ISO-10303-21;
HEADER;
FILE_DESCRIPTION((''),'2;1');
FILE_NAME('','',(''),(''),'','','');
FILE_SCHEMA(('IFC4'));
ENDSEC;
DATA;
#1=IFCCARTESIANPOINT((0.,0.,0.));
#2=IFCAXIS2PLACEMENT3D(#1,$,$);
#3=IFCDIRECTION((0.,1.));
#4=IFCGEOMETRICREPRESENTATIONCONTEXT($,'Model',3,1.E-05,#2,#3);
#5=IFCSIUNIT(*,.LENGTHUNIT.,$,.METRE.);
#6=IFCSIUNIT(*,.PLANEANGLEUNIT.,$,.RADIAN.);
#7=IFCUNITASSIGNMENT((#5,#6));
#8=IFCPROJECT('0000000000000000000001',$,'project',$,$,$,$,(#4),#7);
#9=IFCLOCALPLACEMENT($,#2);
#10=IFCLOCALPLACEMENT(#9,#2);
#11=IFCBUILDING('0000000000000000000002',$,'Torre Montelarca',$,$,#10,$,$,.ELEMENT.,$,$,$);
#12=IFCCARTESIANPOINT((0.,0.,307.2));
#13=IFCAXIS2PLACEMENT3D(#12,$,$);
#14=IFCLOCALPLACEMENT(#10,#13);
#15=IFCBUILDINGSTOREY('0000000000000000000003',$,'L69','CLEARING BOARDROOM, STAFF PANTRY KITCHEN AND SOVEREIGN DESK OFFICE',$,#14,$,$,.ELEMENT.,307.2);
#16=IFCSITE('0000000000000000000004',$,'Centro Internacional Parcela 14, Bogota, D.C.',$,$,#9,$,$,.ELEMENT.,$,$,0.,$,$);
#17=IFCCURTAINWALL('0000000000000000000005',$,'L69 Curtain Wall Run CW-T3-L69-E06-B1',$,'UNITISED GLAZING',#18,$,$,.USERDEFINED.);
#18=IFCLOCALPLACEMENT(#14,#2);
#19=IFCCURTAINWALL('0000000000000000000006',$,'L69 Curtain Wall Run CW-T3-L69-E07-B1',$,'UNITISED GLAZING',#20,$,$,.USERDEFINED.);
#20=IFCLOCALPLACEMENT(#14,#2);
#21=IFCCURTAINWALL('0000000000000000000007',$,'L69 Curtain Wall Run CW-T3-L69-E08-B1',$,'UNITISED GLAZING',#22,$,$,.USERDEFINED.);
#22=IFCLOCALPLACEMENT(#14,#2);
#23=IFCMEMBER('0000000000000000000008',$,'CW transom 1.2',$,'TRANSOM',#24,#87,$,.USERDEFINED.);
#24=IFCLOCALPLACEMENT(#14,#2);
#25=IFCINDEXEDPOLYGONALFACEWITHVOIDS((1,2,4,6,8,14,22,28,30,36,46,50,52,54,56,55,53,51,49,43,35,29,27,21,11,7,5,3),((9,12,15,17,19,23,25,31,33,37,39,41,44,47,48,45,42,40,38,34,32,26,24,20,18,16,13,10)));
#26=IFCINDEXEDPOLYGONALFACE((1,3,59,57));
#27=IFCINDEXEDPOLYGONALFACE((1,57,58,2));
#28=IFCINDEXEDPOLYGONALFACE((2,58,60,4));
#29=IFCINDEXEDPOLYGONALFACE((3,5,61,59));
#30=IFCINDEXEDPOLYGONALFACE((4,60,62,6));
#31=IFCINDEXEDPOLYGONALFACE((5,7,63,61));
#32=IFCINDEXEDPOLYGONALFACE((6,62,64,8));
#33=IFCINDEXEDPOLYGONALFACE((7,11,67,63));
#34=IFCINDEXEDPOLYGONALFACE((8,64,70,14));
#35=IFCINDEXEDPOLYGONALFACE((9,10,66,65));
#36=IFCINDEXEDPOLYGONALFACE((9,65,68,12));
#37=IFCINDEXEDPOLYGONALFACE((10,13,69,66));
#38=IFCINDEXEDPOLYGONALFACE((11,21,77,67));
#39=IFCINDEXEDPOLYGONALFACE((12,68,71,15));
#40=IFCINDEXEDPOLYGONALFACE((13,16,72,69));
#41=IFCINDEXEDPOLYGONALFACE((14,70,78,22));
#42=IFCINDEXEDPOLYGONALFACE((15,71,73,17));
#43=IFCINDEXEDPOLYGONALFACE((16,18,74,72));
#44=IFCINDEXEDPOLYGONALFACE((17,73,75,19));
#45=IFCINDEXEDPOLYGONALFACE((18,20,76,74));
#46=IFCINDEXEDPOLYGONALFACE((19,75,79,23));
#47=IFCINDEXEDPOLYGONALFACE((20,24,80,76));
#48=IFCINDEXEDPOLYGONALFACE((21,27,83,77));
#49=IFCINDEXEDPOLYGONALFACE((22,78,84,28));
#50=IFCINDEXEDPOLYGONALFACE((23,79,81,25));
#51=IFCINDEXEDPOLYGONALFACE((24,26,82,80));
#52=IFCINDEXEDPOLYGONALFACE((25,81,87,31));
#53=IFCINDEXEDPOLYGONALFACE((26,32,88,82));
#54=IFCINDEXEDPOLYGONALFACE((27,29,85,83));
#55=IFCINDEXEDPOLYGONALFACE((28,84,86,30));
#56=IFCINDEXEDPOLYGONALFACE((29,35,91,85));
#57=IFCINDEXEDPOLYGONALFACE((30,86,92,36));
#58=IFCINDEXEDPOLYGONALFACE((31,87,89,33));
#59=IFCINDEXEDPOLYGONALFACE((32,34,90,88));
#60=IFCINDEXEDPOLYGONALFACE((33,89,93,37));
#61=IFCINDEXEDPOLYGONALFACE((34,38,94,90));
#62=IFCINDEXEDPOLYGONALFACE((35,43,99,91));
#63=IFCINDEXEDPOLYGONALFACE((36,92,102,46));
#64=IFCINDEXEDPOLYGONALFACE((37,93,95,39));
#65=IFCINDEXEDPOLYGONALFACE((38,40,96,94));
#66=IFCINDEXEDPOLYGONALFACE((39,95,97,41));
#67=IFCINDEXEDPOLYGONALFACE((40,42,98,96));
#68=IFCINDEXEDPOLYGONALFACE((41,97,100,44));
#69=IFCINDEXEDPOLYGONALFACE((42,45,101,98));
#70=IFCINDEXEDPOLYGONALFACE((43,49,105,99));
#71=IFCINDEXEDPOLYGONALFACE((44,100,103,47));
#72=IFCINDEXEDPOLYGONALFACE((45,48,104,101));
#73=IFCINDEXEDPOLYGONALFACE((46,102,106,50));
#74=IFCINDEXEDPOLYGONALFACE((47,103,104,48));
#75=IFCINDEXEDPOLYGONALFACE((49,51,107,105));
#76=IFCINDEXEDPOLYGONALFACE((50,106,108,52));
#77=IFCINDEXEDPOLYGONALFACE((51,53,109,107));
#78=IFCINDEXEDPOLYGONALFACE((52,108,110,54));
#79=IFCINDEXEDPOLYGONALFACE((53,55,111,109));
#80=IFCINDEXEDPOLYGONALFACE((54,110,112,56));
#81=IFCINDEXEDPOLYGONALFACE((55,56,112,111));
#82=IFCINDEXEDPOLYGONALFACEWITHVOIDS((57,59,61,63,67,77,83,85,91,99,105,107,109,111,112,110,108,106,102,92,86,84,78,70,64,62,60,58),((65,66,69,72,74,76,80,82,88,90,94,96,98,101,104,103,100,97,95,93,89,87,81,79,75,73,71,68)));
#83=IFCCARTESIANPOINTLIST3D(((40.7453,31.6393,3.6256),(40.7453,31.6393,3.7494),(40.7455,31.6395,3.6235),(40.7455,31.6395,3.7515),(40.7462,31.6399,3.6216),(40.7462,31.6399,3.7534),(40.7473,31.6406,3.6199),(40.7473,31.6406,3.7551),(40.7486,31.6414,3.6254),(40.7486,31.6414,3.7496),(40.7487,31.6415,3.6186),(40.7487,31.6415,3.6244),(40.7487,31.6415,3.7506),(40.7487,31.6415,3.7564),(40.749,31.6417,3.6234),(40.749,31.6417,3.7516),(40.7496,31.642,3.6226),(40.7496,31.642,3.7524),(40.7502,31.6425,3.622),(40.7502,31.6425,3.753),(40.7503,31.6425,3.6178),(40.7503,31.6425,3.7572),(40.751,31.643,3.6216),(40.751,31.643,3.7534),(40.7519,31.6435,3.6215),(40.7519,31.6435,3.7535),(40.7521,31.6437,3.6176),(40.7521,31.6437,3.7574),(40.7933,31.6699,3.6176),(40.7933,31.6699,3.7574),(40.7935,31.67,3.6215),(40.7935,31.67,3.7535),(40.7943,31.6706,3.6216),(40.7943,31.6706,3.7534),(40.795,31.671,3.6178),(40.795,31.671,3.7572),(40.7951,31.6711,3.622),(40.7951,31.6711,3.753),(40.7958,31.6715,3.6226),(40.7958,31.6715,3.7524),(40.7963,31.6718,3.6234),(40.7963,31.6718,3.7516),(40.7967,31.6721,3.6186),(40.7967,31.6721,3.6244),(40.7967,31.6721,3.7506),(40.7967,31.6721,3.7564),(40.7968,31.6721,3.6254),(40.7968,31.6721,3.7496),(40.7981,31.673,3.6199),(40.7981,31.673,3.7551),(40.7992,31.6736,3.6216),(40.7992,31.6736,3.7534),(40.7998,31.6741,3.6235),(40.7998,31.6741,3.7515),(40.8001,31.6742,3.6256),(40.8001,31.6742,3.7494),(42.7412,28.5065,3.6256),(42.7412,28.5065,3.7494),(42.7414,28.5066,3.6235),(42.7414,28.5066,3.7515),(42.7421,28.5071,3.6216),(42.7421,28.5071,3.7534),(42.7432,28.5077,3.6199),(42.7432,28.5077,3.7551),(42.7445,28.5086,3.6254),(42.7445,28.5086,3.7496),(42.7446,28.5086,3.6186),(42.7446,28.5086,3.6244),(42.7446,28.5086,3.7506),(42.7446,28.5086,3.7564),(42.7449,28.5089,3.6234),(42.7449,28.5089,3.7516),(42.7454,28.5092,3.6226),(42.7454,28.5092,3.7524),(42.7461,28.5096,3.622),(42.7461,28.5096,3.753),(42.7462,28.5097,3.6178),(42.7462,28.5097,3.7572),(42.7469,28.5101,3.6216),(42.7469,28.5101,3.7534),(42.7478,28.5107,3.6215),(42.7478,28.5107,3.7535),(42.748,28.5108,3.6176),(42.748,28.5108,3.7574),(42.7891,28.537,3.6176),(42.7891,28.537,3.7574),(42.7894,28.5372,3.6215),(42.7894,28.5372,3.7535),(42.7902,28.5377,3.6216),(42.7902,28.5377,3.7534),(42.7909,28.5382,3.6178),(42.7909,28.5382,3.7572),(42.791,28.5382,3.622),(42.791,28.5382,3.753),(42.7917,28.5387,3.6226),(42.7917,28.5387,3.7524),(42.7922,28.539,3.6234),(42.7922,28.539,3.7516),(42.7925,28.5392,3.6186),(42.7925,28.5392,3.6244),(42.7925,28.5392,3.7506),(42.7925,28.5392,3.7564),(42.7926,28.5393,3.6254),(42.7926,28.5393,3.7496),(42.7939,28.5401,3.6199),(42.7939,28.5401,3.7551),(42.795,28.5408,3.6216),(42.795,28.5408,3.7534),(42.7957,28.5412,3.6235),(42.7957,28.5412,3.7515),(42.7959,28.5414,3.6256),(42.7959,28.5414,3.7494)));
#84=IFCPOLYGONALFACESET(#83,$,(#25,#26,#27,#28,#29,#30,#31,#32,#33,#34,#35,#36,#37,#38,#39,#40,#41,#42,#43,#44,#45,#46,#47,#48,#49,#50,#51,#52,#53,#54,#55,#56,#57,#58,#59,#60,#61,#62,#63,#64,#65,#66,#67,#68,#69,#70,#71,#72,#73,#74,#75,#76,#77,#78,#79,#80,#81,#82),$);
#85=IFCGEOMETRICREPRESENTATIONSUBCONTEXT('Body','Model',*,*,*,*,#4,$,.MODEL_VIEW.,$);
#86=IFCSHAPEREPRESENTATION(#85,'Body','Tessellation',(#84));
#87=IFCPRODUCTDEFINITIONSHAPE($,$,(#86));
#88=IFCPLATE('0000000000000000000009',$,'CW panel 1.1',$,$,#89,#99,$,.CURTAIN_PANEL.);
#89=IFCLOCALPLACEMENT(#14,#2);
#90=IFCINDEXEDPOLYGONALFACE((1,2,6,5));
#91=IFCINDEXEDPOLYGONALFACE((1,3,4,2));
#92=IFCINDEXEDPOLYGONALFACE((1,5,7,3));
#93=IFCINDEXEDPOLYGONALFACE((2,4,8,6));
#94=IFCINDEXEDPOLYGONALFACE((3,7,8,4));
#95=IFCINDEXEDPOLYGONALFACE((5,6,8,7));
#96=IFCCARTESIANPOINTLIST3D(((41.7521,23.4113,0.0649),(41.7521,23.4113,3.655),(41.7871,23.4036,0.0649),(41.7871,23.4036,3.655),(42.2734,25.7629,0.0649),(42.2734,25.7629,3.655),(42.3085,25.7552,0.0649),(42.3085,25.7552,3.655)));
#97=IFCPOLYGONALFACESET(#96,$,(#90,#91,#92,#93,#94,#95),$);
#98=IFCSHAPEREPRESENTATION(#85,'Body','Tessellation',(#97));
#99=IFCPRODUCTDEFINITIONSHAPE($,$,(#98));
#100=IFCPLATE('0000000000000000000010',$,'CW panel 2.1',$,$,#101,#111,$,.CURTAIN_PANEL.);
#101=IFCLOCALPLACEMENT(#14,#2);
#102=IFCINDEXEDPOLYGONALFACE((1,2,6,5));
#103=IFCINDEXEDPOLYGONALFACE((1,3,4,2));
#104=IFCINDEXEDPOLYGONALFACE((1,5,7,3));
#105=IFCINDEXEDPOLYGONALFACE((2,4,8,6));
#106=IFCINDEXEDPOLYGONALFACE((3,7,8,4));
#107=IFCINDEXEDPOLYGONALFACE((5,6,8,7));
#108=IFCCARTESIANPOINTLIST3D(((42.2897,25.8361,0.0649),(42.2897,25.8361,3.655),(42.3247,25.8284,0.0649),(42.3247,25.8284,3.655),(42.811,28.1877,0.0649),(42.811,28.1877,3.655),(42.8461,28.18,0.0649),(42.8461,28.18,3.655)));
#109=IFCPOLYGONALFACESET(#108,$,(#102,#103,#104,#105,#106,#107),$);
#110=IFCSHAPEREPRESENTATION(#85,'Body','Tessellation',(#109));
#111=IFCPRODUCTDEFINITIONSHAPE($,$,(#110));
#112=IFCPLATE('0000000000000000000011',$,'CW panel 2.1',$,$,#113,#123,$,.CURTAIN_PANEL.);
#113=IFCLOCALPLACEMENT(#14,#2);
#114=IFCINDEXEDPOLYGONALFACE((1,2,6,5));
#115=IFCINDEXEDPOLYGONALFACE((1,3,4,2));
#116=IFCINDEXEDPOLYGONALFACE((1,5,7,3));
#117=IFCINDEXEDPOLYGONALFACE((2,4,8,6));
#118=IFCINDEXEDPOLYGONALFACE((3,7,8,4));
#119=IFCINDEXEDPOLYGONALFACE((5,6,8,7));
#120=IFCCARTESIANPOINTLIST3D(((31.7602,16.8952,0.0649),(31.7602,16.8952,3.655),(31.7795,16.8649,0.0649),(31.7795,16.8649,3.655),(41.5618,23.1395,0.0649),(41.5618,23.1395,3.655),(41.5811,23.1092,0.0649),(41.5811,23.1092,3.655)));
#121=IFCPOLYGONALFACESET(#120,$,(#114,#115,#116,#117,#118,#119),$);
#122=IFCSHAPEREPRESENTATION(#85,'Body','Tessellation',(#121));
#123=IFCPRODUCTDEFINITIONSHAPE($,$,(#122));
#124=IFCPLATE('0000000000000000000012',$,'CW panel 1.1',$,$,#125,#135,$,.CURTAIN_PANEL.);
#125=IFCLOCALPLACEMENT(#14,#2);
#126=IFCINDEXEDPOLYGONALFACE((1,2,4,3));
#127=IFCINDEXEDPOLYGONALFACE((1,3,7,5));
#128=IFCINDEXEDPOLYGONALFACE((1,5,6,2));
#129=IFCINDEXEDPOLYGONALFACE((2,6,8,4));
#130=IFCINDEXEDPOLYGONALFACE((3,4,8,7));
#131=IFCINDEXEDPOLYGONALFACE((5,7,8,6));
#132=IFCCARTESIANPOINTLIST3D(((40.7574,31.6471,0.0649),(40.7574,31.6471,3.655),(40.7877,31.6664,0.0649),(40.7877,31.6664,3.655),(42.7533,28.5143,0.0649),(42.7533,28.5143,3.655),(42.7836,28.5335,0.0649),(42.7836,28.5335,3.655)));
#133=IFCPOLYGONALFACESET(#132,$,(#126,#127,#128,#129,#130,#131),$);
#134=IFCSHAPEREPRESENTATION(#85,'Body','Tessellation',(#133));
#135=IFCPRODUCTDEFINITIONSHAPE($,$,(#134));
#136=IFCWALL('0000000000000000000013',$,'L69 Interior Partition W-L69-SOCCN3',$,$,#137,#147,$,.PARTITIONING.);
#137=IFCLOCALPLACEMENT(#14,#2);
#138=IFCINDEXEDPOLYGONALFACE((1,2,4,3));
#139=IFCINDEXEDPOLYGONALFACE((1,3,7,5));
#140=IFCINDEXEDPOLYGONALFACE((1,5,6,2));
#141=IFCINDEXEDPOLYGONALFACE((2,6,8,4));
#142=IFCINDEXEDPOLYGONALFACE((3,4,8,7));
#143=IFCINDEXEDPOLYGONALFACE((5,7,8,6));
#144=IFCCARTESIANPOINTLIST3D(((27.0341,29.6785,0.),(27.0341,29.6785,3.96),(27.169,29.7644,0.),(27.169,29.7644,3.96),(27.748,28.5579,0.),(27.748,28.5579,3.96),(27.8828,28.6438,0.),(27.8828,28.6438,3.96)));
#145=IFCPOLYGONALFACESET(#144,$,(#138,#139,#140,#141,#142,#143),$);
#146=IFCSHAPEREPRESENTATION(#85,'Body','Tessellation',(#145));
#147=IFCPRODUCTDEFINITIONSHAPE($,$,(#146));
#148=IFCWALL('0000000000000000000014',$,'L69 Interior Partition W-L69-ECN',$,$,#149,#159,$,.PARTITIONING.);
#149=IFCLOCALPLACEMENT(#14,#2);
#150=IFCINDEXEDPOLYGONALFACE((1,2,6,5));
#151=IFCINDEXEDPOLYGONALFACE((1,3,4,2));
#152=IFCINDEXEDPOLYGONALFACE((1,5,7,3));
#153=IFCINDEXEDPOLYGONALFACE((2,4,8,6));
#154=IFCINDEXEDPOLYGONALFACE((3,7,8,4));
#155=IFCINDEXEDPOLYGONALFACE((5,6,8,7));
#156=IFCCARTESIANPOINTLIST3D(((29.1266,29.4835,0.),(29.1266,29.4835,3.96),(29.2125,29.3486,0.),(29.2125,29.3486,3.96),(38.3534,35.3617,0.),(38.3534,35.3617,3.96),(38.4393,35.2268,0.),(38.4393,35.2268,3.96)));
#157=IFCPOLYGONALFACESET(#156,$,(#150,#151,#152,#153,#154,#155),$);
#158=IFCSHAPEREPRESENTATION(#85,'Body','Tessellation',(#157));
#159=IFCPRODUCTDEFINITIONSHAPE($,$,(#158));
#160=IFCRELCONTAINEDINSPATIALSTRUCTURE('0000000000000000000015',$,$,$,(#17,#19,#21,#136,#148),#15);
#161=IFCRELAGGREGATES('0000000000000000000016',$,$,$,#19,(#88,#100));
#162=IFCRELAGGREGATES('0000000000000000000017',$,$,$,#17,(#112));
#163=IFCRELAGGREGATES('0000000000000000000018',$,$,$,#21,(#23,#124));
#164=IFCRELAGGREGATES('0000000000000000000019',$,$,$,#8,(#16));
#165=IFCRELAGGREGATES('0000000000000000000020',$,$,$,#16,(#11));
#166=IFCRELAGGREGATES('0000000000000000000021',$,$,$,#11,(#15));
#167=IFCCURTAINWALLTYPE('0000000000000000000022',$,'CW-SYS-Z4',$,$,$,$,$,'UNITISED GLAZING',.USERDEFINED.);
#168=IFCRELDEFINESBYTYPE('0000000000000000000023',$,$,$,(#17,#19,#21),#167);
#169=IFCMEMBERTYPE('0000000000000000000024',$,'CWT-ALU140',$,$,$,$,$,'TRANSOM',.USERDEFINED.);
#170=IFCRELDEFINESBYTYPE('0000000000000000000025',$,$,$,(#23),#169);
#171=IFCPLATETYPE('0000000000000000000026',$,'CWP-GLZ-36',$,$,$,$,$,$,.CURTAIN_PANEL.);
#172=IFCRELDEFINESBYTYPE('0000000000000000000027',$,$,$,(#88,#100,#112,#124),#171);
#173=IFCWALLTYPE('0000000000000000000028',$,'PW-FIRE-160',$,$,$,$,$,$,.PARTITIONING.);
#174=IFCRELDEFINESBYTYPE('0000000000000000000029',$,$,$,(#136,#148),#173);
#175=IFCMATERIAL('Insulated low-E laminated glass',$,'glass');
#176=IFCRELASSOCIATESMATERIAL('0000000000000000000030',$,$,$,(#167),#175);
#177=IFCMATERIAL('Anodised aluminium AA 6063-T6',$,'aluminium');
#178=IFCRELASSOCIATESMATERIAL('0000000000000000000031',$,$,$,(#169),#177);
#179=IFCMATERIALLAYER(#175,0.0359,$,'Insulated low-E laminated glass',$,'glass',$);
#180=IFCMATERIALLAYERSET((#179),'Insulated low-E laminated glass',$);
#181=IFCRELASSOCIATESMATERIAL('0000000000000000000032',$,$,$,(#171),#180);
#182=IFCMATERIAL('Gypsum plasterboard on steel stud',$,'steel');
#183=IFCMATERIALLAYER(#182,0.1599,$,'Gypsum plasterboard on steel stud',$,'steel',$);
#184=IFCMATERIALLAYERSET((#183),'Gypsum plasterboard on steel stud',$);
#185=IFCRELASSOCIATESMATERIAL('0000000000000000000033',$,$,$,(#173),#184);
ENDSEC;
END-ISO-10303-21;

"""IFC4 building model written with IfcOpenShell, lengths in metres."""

from ifc_helpers import new_model, si_unit, direction, frame, frame_2d, origin, origin_2d, place, context, subcontext, project, spatial, rectangle, hollow_rectangle, extrude, source, transform, mapped, material, layer, layer_set, material_profile, profile_set, type_object, element, aggregate, save


model = new_model("IFC4")

# Units and contexts
model_context = context("Model", 3, precision=1e-05, world=origin(), true_north=direction((0.0, 1.0)))
body_context = subcontext(model_context, "Body", "Model", "MODEL_VIEW")
ifc_project = project(units=[si_unit("LENGTHUNIT", "METRE"), si_unit("PLANEANGLEUNIT", "RADIAN")], contexts=[model_context])

# Site, building, storey
site_placement = place(None, origin())
site = spatial("IfcSite", under=ifc_project, at=site_placement, Name="Centro Internacional Parcela 14, Bogota, D.C.", CompositionType="ELEMENT", RefElevation=0.0)
building_placement = place(site_placement, origin())
building = spatial("IfcBuilding", under=site, at=building_placement, Name="Torre Montelarca", CompositionType="ELEMENT")
storey_placement = place(building_placement, frame((0.0, 0.0, 307.2)))
storey = spatial("IfcBuildingStorey", under=building, at=storey_placement, Name="L69", Description="CLEARING BOARDROOM, STAFF PANTRY KITCHEN AND SOVEREIGN DESK OFFICE", CompositionType="ELEMENT", Elevation=307.2)

# Curtain walls
ifc_material_1 = material(Name="Insulated low-E laminated glass", Category="glass")
curtain_wall_type = type_object("IfcCurtainWallType", Name="CW-SYS-Z4", ElementType="UNITISED GLAZING", PredefinedType="USERDEFINED", material=ifc_material_1)
curtain_wall_1_placement = place(storey_placement, origin())
curtain_wall_1 = element("IfcCurtainWall", 1, at=curtain_wall_1_placement, inside=storey, type_object=curtain_wall_type, Name="L69 Curtain Wall Run CW-T3-L69-E06-B1", ObjectType="UNITISED GLAZING", PredefinedType="USERDEFINED")
ifc_material_2 = material(Name="Anodised aluminium AA 6063-T6", Category="aluminium")
curtain_wall_2_placement = place(storey_placement, origin())
curtain_wall_2 = element("IfcCurtainWall", 2, at=curtain_wall_2_placement, inside=storey, type_object=curtain_wall_type, Name="L69 Curtain Wall Run CW-T3-L69-E07-B1", ObjectType="UNITISED GLAZING", PredefinedType="USERDEFINED")
curtain_wall_3_placement = place(storey_placement, origin())
curtain_wall_3 = element("IfcCurtainWall", 3, at=curtain_wall_3_placement, inside=storey, type_object=curtain_wall_type, Name="L69 Curtain Wall Run CW-T3-L69-E08-B1", ObjectType="UNITISED GLAZING", PredefinedType="USERDEFINED")

# Member
ifc_material_profile_1 = material_profile(ifc_material_2, hollow_rectangle(XDim=0.0649, YDim=0.1399, WallThickness=0.0039, InnerFilletRadius=0.0039, OuterFilletRadius=0.0081, at=origin_2d()), Name="ALU65X140X4", Category="aluminium")
ifc_profile_set_1 = profile_set([ifc_material_profile_1], Name="Anodised aluminium AA 6063-T6")
member_type_1 = type_object("IfcMemberType", Name="CWT-ALU140", ElementType="TRANSOM", PredefinedType="USERDEFINED", material=ifc_profile_set_1)
shared_shape_1 = source(origin(), body_context, "Body", "SweptSolid", [
    extrude(hollow_rectangle(XDim=0.0649, YDim=0.1399, WallThickness=0.0039, InnerFilletRadius=0.0039, OuterFilletRadius=0.0081, at=origin_2d()), origin(), (0.0, 0.0, 1.0), 3.7146),
])
member_1_placement = place(storey_placement, frame((42.7686, 28.5239, 3.6875), z_axis=(-0.537305, 0.843388, 0.0), x_axis=(-0.843388, -0.537305, 0.0)))
member_1 = element("IfcMember", 4, at=member_1_placement, type_object=member_type_1, Name="CW transom 1.2", ObjectType="TRANSOM", PredefinedType="USERDEFINED", context=body_context, shape_type="MappedRepresentation", body=[
    mapped(shared_shape_1, transform((0.0, 0.0, 0.0), scale=1.0)),
])

# Plates
ifc_layer_1 = layer(ifc_material_1, 0.0359, Name="Insulated low-E laminated glass", Category="glass")
ifc_layer_set_1 = layer_set([ifc_layer_1], Name="Insulated low-E laminated glass")
plate_type = type_object("IfcPlateType", Name="CWP-GLZ-36", PredefinedType="CURTAIN_PANEL", material=ifc_layer_set_1)
shared_shape_2 = source(origin(), body_context, "Body", "SweptSolid", [
    extrude(rectangle(XDim=2.4087, YDim=0.0359, at=origin_2d()), origin(), (0.0, 0.0, 1.0), 3.5901),
])
plate_1_placement = place(storey_placement, frame((42.0303, 24.5833, 0.0649), z_axis=(0.0, 0.0, 1.0), x_axis=(0.216443, 0.976295, 0.0)))
plate_1 = element("IfcPlate", 5, at=plate_1_placement, type_object=plate_type, Name="CW panel 1.1", PredefinedType="CURTAIN_PANEL", context=body_context, shape_type="MappedRepresentation", body=[
    mapped(shared_shape_2, transform((0.0, 0.0, 0.0), scale=1.0)),
])
plate_2_placement = place(storey_placement, frame((42.5679, 27.0081, 0.0649), z_axis=(0.0, 0.0, 1.0), x_axis=(0.216443, 0.976295, 0.0)))
plate_2 = element("IfcPlate", 6, at=plate_2_placement, type_object=plate_type, Name="CW panel 2.1", PredefinedType="CURTAIN_PANEL", context=body_context, shape_type="MappedRepresentation", body=[
    mapped(shared_shape_2, transform((0.0, 0.0, 0.0), scale=1.0)),
])
aggregate(curtain_wall_2, [plate_1, plate_2])
shared_shape_3 = source(origin(), body_context, "Body", "SweptSolid", [
    extrude(rectangle(XDim=11.6216, YDim=0.0359, at=origin_2d()), origin(), (0.0, 0.0, 1.0), 3.5901),
])
plate_3_placement = place(storey_placement, frame((36.6707, 20.0022, 0.0649), z_axis=(0.0, 0.0, 1.0), x_axis=(0.84339, 0.537302, 0.0)))
plate_3 = element("IfcPlate", 7, at=plate_3_placement, type_object=plate_type, Name="CW panel 2.1", PredefinedType="CURTAIN_PANEL", context=body_context, shape_type="MappedRepresentation", body=[
    mapped(shared_shape_3, transform((0.0, 0.0, 0.0), scale=1.0)),
])
aggregate(curtain_wall_1, [plate_3])
shared_shape_4 = source(origin(), body_context, "Body", "SweptSolid", [
    extrude(rectangle(XDim=3.7146, YDim=0.0359, at=origin_2d()), origin(), (0.0, 0.0, 1.0), 3.5901),
])
plate_4_placement = place(storey_placement, frame((41.7705, 30.0903, 0.0649), z_axis=(0.0, 0.0, 1.0), x_axis=(-0.537299, 0.843392, 0.0)))
plate_4 = element("IfcPlate", 8, at=plate_4_placement, type_object=plate_type, Name="CW panel 1.1", PredefinedType="CURTAIN_PANEL", context=body_context, shape_type="MappedRepresentation", body=[
    mapped(shared_shape_4, transform((0.0, 0.0, 0.0), scale=1.0)),
])
aggregate(curtain_wall_3, [member_1, plate_4])

# Walls
ifc_material_3 = material(Name="Gypsum plasterboard on steel stud", Category="steel")
ifc_layer_2 = layer(ifc_material_3, 0.1599, Name="Gypsum plasterboard on steel stud", Category="steel")
ifc_layer_set_2 = layer_set([ifc_layer_2], Name="Gypsum plasterboard on steel stud")
wall_type_1 = type_object("IfcWallType", Name="PW-FIRE-160", PredefinedType="PARTITIONING", material=ifc_layer_set_2)
wall_1_placement = place(storey_placement, frame((27.1016, 29.7214, 0.0), z_axis=(0.0, 0.0, 1.0), x_axis=(0.53728, -0.843404, 0.0)))
element("IfcWall", 9, at=wall_1_placement, inside=storey, type_object=wall_type_1, Name="L69 Interior Partition W-L69-SOCCN3", PredefinedType="PARTITIONING", context=body_context, shape_type="SweptSolid", body=[
    extrude(rectangle(XDim=1.3286, YDim=0.1599, at=frame_2d((0.6643, 0.0))), origin(), (0.0, 0.0, 1.0), 3.96),
])
wall_2_placement = place(storey_placement, frame((29.1694, 29.416, 0.0), z_axis=(0.0, 0.0, 1.0), x_axis=(0.843389, 0.537303, 0.0)))
element("IfcWall", 10, at=wall_2_placement, inside=storey, type_object=wall_type_1, Name="L69 Interior Partition W-L69-ECN", PredefinedType="PARTITIONING", context=body_context, shape_type="SweptSolid", body=[
    extrude(rectangle(XDim=10.9402, YDim=0.1599, at=frame_2d((5.4702, 0.0))), origin(), (0.0, 0.0, 1.0), 3.96),
])

save(model, "model.ifc")
